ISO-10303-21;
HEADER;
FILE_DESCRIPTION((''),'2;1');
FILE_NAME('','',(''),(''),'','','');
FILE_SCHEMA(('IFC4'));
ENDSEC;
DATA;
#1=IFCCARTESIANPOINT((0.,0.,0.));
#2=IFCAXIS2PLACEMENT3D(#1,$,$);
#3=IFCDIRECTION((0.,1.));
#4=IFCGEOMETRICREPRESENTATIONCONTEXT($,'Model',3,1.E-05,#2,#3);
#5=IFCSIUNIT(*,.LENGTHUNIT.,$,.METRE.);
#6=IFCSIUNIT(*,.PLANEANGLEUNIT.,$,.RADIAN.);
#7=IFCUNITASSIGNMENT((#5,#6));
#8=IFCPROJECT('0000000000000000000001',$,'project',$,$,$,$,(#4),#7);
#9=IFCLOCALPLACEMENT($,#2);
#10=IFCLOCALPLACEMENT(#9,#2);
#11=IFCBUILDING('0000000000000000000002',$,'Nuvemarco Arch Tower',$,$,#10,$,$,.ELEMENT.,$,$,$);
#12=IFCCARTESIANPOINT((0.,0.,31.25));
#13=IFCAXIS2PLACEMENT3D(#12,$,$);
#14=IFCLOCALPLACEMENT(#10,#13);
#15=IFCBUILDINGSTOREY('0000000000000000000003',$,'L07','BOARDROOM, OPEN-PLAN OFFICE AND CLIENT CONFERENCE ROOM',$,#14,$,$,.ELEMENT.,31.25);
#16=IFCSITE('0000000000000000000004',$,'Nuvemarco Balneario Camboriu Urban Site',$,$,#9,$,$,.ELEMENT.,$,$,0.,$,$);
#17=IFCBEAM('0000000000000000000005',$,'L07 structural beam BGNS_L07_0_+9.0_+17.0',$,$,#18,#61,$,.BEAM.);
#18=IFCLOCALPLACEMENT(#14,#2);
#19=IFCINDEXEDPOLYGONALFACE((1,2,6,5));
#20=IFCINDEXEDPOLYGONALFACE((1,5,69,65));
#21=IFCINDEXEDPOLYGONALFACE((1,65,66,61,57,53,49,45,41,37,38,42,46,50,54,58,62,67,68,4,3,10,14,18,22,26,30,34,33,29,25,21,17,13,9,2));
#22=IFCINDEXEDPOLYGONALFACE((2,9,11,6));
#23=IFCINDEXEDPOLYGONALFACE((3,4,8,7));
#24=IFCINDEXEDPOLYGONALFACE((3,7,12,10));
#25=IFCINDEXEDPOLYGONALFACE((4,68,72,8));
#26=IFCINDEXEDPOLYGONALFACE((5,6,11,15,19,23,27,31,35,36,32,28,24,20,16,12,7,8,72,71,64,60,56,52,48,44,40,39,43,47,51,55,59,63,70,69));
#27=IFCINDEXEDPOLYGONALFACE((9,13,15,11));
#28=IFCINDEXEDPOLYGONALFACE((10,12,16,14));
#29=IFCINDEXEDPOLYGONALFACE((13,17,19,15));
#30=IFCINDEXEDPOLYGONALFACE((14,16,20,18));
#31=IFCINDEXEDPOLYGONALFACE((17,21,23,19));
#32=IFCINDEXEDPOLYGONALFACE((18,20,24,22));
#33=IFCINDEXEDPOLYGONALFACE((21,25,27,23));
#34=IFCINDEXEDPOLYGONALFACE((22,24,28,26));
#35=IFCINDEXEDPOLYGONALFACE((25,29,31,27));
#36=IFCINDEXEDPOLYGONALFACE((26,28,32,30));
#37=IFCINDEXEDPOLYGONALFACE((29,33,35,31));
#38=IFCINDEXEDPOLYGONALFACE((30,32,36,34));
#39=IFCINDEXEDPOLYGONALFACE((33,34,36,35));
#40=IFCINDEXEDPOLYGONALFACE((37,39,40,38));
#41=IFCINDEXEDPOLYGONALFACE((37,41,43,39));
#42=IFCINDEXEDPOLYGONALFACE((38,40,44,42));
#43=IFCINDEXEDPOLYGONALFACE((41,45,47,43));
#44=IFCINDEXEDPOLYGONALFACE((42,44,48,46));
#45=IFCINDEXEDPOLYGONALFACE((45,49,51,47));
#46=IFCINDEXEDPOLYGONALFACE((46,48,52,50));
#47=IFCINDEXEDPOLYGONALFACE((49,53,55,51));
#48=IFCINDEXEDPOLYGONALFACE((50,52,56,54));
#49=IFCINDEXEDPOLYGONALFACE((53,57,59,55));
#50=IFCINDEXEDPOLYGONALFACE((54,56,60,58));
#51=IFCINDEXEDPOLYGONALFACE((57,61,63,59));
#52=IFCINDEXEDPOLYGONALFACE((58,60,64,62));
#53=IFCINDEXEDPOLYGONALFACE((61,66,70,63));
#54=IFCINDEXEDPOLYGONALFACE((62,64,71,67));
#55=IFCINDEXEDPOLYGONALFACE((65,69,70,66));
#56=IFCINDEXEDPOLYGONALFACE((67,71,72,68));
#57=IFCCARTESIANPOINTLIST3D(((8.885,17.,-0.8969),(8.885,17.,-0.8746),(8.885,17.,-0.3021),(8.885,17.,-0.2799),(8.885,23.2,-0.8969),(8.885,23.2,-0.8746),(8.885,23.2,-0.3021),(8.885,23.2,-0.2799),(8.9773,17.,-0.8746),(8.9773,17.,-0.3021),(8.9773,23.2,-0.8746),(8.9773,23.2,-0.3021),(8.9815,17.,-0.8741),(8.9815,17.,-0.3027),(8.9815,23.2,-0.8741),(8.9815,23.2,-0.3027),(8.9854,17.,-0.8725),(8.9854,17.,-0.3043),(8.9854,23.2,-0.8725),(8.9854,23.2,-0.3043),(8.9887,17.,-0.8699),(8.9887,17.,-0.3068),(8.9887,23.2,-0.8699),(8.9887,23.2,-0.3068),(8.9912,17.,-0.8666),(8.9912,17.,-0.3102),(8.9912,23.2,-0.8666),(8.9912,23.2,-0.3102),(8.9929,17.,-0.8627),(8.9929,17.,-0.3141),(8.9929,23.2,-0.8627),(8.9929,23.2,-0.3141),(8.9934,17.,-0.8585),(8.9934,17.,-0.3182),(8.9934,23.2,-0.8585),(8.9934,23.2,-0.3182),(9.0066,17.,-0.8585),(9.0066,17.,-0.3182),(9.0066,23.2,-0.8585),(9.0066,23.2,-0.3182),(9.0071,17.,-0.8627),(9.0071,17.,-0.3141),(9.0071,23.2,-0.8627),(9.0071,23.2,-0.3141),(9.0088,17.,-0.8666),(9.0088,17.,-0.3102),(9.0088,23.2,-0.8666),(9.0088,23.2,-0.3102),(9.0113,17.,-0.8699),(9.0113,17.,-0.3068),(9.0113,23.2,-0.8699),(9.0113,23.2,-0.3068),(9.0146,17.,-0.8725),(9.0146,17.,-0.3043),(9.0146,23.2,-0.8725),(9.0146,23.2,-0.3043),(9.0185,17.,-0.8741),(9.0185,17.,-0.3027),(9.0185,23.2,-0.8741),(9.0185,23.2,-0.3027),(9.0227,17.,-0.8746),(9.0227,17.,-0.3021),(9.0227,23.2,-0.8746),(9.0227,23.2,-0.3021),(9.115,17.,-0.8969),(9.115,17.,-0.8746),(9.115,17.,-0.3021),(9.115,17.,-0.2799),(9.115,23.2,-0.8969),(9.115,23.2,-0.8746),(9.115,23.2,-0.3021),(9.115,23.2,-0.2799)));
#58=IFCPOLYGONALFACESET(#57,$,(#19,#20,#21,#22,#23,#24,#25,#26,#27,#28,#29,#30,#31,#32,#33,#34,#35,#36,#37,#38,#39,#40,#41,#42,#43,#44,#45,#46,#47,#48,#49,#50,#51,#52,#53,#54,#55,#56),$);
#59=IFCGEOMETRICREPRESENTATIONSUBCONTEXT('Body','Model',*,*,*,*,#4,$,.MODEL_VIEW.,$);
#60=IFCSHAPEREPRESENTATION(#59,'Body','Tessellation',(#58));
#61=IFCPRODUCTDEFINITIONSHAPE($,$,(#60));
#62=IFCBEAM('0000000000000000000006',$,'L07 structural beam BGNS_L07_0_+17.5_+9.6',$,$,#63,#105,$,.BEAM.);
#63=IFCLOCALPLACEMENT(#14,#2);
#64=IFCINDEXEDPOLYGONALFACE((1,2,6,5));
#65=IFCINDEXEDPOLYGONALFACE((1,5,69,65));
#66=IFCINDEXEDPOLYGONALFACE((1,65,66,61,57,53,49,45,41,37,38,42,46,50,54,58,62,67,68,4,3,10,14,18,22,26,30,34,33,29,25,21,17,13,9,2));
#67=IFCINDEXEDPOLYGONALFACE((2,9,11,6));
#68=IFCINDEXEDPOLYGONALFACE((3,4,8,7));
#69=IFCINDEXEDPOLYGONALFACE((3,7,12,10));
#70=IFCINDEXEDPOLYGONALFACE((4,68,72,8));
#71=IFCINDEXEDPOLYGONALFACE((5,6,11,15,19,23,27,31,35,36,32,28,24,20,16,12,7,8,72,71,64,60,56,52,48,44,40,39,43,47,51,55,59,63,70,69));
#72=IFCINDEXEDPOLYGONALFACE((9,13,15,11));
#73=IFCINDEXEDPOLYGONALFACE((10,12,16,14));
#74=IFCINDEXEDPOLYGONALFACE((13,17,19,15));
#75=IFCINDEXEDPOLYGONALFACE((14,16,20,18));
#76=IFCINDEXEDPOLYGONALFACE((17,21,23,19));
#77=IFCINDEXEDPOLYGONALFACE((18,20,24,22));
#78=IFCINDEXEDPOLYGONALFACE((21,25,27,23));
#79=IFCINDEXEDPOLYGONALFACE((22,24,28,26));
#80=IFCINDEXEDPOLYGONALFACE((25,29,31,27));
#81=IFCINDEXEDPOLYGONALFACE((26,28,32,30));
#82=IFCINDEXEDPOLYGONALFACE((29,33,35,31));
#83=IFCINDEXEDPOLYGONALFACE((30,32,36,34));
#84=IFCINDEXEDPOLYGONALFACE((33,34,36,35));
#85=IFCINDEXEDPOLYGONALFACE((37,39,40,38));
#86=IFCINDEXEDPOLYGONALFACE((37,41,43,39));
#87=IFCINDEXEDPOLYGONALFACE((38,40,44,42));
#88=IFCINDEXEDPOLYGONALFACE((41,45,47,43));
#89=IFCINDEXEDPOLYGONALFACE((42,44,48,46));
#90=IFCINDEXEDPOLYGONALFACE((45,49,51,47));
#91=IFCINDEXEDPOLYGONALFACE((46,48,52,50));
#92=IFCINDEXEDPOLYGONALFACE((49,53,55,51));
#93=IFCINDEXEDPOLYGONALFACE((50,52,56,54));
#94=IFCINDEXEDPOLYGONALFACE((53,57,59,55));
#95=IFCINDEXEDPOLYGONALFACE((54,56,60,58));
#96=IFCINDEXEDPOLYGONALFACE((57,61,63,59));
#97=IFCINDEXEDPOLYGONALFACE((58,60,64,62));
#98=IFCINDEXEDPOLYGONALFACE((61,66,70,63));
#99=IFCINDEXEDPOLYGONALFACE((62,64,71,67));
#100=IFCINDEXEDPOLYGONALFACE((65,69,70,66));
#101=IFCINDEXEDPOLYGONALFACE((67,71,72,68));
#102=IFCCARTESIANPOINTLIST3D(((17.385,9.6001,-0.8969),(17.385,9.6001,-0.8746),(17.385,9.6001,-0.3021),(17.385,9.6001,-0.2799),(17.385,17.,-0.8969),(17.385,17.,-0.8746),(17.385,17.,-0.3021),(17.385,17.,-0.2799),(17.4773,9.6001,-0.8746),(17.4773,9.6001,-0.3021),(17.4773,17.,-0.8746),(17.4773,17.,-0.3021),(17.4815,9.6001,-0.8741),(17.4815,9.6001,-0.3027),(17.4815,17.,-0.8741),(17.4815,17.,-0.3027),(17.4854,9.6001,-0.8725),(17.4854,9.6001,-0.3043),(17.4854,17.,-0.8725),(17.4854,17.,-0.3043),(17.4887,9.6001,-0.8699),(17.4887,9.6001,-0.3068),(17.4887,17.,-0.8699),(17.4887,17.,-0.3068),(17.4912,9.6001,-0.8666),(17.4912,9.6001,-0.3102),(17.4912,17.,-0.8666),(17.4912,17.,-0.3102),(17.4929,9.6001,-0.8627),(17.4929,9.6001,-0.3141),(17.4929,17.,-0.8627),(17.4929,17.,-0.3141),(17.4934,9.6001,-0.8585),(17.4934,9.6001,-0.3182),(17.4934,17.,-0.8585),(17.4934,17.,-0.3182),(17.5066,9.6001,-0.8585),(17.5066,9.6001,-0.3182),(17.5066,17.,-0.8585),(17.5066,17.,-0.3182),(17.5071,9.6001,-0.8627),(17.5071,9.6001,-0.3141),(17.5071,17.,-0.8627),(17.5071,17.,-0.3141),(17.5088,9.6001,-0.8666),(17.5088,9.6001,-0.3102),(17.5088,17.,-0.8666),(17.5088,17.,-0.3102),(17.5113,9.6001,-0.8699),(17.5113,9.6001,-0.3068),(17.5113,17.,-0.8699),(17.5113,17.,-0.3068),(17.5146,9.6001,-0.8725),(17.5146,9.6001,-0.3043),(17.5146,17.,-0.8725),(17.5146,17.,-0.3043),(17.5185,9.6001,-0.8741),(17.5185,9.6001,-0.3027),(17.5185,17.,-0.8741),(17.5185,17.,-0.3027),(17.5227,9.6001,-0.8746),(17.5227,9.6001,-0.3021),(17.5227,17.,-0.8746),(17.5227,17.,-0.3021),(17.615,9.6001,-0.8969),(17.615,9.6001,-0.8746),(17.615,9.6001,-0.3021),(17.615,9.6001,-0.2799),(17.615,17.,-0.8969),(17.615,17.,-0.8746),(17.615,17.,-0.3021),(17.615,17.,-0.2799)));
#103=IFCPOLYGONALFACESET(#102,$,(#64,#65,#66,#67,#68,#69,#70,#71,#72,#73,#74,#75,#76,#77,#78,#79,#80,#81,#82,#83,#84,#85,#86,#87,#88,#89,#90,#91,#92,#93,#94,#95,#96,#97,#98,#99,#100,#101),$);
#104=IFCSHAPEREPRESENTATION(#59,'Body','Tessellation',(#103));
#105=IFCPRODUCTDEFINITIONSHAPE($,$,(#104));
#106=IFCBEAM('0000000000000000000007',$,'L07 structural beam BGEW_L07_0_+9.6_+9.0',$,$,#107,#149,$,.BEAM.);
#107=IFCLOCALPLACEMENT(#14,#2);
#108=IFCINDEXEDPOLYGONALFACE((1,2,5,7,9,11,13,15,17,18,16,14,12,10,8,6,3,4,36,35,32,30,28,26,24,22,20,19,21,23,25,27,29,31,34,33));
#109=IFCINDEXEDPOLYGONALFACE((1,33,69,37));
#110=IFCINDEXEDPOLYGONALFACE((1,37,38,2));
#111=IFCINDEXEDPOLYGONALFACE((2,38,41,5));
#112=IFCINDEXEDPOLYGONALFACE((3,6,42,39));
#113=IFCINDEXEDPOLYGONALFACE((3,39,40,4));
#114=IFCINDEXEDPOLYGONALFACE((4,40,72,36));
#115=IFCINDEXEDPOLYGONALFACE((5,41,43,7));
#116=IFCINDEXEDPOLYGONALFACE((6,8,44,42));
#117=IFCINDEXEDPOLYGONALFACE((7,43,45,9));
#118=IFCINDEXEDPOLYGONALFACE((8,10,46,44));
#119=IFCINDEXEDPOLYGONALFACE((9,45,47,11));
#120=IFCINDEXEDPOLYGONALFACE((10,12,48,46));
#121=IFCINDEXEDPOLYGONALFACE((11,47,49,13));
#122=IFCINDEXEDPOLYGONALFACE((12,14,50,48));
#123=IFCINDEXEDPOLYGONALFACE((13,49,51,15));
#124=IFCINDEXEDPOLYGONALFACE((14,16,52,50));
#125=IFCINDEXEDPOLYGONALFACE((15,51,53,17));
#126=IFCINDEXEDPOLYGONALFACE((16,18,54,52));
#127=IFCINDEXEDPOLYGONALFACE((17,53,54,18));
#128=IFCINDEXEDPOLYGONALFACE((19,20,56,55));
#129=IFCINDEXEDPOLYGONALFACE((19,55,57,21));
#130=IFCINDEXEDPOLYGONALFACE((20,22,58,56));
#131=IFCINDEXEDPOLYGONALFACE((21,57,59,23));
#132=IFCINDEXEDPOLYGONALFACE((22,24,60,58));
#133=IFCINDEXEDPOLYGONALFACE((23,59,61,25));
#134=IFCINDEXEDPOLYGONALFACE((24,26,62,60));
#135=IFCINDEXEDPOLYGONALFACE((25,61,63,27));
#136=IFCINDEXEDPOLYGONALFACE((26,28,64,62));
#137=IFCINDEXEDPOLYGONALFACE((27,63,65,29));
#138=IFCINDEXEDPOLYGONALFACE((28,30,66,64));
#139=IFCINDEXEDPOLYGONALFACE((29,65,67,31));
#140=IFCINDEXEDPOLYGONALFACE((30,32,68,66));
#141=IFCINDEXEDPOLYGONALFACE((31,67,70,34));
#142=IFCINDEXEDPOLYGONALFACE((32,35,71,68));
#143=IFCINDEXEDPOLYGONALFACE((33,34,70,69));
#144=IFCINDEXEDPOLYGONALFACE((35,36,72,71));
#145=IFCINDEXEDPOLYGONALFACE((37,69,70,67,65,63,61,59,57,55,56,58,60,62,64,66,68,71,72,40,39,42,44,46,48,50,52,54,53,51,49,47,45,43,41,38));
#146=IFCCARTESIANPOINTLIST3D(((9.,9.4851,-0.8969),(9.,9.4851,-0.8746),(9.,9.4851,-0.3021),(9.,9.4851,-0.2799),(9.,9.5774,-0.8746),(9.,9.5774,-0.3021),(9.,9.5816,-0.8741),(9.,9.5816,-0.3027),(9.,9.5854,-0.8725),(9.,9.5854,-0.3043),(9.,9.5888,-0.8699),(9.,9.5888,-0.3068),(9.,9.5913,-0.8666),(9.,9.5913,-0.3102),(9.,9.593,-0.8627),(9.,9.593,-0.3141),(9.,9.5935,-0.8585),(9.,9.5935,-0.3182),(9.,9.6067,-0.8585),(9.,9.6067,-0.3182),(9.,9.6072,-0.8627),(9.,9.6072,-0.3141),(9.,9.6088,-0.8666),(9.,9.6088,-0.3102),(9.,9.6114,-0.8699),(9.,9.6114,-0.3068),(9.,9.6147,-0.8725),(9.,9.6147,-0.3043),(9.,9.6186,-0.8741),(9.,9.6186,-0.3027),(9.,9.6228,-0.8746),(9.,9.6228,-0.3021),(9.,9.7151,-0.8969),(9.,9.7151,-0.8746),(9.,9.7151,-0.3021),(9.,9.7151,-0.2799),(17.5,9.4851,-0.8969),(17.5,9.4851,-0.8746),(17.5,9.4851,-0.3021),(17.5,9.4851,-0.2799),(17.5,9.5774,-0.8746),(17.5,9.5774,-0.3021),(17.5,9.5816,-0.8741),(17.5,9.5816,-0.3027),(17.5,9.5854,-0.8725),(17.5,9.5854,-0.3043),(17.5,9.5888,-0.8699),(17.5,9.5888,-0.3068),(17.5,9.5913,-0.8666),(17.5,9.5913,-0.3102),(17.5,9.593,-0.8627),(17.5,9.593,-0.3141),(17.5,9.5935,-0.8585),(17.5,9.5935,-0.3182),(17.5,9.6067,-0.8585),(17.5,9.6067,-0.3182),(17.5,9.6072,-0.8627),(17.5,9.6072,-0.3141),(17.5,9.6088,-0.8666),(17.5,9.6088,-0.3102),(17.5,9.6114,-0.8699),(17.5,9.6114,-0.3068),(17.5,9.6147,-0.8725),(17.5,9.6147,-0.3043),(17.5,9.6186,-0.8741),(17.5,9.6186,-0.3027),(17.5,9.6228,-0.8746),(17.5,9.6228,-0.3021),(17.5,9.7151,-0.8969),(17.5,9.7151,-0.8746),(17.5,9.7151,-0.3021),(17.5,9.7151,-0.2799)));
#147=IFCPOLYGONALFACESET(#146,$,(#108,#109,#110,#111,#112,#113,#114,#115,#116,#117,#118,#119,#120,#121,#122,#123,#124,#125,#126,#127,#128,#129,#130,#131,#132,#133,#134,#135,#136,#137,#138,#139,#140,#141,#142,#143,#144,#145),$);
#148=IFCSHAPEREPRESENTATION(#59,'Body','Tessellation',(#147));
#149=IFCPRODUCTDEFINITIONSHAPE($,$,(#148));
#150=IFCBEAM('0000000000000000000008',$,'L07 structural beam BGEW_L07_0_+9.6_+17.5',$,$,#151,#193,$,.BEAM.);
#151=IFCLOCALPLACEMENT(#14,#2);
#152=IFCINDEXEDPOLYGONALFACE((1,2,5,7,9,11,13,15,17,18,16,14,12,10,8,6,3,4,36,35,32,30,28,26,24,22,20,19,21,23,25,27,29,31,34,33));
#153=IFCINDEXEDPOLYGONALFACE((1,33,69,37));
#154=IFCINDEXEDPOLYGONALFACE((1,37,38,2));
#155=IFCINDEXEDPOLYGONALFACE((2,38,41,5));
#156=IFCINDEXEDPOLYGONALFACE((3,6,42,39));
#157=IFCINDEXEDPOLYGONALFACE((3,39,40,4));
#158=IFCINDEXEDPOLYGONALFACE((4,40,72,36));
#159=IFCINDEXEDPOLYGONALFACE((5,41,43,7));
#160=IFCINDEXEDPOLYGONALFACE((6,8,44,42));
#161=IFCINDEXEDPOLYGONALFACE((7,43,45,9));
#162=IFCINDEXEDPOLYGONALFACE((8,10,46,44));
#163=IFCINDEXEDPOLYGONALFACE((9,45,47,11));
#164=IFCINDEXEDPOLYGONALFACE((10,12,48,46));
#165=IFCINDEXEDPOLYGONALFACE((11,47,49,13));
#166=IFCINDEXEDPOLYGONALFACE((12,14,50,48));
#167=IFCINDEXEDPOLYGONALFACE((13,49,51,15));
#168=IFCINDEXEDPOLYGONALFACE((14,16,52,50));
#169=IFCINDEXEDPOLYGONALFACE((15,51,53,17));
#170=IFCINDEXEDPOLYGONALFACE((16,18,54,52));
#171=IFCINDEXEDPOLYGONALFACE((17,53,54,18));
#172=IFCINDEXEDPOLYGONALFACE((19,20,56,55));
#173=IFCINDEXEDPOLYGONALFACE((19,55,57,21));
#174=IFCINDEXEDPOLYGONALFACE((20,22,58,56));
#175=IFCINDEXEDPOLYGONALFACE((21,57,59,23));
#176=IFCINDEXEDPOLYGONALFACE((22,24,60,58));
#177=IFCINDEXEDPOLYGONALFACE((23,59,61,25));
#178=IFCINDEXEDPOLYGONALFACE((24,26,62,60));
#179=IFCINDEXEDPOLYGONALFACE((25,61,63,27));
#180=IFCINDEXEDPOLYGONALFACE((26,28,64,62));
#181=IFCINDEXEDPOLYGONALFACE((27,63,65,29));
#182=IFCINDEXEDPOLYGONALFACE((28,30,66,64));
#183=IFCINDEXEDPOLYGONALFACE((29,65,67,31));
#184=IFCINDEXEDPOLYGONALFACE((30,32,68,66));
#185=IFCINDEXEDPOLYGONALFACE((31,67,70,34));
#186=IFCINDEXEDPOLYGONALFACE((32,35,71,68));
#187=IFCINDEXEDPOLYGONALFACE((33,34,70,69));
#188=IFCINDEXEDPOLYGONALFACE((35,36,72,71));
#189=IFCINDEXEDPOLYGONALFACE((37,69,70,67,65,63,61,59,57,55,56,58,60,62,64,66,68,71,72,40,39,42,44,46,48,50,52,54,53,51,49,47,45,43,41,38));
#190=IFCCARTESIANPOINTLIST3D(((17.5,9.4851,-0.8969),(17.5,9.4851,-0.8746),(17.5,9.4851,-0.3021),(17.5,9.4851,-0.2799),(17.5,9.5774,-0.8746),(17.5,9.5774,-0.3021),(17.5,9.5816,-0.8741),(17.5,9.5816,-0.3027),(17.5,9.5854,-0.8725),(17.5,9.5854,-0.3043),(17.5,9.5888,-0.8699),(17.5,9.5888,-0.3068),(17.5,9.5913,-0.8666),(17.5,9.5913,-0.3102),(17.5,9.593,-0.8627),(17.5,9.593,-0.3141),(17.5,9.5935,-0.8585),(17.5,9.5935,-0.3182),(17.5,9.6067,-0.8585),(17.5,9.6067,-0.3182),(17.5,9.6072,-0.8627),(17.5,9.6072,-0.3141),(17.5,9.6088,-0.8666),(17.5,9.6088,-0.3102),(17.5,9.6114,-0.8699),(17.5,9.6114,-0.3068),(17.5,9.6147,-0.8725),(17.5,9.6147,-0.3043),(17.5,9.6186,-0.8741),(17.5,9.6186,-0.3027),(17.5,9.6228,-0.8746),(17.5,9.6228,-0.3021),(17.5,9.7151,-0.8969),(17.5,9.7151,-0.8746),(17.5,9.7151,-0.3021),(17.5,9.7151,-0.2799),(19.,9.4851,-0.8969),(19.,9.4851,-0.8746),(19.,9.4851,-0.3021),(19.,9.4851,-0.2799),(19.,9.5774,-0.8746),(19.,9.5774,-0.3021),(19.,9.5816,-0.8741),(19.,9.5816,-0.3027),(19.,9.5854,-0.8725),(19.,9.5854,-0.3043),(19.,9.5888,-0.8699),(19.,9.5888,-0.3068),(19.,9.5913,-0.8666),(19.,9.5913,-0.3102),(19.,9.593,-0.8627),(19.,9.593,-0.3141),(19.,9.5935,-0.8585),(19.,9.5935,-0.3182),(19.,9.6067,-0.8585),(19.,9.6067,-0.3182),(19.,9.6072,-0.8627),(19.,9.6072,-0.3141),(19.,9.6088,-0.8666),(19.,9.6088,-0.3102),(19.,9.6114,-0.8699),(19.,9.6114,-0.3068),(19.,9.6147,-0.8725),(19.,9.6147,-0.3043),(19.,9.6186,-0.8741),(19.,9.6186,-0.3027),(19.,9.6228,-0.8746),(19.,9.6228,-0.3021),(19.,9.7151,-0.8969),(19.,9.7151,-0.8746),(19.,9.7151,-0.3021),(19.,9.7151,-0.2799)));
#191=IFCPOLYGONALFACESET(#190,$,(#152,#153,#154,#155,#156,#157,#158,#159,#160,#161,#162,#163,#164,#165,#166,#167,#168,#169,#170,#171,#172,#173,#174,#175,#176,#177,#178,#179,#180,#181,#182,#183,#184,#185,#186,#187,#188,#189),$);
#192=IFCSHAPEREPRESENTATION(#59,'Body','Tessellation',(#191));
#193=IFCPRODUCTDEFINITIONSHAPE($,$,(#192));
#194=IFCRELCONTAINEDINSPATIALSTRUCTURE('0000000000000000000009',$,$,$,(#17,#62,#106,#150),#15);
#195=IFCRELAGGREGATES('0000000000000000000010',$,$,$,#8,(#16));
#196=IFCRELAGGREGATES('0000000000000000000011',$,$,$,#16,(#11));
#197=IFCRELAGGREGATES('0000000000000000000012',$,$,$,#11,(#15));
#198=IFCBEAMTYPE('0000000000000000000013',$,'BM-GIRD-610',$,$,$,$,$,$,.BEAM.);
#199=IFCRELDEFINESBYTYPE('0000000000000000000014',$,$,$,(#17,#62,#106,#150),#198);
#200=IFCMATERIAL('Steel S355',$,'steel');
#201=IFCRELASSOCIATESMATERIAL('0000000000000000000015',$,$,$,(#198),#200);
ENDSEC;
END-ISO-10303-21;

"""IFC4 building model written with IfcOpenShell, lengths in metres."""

from ifc_helpers import new_model, si_unit, direction, frame, origin, origin_2d, place, context, subcontext, project, spatial, i_section, extrude, material, material_profile, profile_set, type_object, element, save


model = new_model("IFC4")

# Units and contexts
model_context = context("Model", 3, precision=1e-05, world=origin(), true_north=direction((0.0, 1.0)))
body_context = subcontext(model_context, "Body", "Model", "MODEL_VIEW")
ifc_project = project(units=[si_unit("LENGTHUNIT", "METRE"), si_unit("PLANEANGLEUNIT", "RADIAN")], contexts=[model_context])

# Site, building, storey
site_placement = place(None, origin())
site = spatial("IfcSite", under=ifc_project, at=site_placement, Name="Nuvemarco Balneario Camboriu Urban Site", CompositionType="ELEMENT", RefElevation=0.0)
building_placement = place(site_placement, origin())
building = spatial("IfcBuilding", under=site, at=building_placement, Name="Nuvemarco Arch Tower", CompositionType="ELEMENT")
storey_placement = place(building_placement, frame((0.0, 0.0, 31.25)))
storey = spatial("IfcBuildingStorey", under=building, at=storey_placement, Name="L07", Description="BOARDROOM, OPEN-PLAN OFFICE AND CLIENT CONFERENCE ROOM", CompositionType="ELEMENT", Elevation=31.25)

# Shared definitions
ifc_material_1 = material(Name="Steel S355", Category="steel")

# Beams
ifc_material_profile_1 = material_profile(ifc_material_1, i_section(OverallWidth=0.23, OverallDepth=0.6169, WebThickness=0.0132, FlangeThickness=0.0222, FilletRadius=0.0161, at=origin_2d()), Name="W610x140")
ifc_profile_set_1 = profile_set([ifc_material_profile_1], Name="Steel S355")
beam_type_1 = type_object("IfcBeamType", Name="BM-GIRD-610", PredefinedType="BEAM", material=ifc_profile_set_1)
beam_1_placement = place(storey_placement, frame((9.0, 17.0, -0.5884), z_axis=(0.0, 1.0, 0.0), x_axis=(-1.0, 0.0, 0.0)))
element("IfcBeam", 1, at=beam_1_placement, inside=storey, type_object=beam_type_1, Name="L07 structural beam BGNS_L07_0_+9.0_+17.0", PredefinedType="BEAM", context=body_context, shape_type="SweptSolid", body=[
    extrude(i_section(OverallWidth=0.23, OverallDepth=0.6169, WebThickness=0.0132, FlangeThickness=0.0222, FilletRadius=0.0161, at=origin_2d()), origin(), (0.0, 0.0, 1.0), 6.2),
])
beam_2_placement = place(storey_placement, frame((17.5, 9.6001, -0.5884), z_axis=(0.0, 1.0, 0.0), x_axis=(-1.0, 0.0, 0.0)))
element("IfcBeam", 2, at=beam_2_placement, inside=storey, type_object=beam_type_1, Name="L07 structural beam BGNS_L07_0_+17.5_+9.6", PredefinedType="BEAM", context=body_context, shape_type="SweptSolid", body=[
    extrude(i_section(OverallWidth=0.23, OverallDepth=0.6169, WebThickness=0.0132, FlangeThickness=0.0222, FilletRadius=0.0161, at=origin_2d()), origin(), (0.0, 0.0, 1.0), 7.3999),
])
beam_3_placement = place(storey_placement, frame((9.0, 9.6001, -0.5884), z_axis=(1.0, 0.0, 0.0), x_axis=(0.0, 1.0, 0.0)))
element("IfcBeam", 3, at=beam_3_placement, inside=storey, type_object=beam_type_1, Name="L07 structural beam BGEW_L07_0_+9.6_+9.0", PredefinedType="BEAM", context=body_context, shape_type="SweptSolid", body=[
    extrude(i_section(OverallWidth=0.23, OverallDepth=0.6169, WebThickness=0.0132, FlangeThickness=0.0222, FilletRadius=0.0161, at=origin_2d()), origin(), (0.0, 0.0, 1.0), 8.5),
])
beam_4_placement = place(storey_placement, frame((17.5, 9.6001, -0.5884), z_axis=(1.0, 0.0, 0.0), x_axis=(0.0, 1.0, 0.0)))
element("IfcBeam", 4, at=beam_4_placement, inside=storey, type_object=beam_type_1, Name="L07 structural beam BGEW_L07_0_+9.6_+17.5", PredefinedType="BEAM", context=body_context, shape_type="SweptSolid", body=[
    extrude(i_section(OverallWidth=0.23, OverallDepth=0.6169, WebThickness=0.0132, FlangeThickness=0.0222, FilletRadius=0.0161, at=origin_2d()), origin(), (0.0, 0.0, 1.0), 1.5),
])

save(model, "model.ifc")
